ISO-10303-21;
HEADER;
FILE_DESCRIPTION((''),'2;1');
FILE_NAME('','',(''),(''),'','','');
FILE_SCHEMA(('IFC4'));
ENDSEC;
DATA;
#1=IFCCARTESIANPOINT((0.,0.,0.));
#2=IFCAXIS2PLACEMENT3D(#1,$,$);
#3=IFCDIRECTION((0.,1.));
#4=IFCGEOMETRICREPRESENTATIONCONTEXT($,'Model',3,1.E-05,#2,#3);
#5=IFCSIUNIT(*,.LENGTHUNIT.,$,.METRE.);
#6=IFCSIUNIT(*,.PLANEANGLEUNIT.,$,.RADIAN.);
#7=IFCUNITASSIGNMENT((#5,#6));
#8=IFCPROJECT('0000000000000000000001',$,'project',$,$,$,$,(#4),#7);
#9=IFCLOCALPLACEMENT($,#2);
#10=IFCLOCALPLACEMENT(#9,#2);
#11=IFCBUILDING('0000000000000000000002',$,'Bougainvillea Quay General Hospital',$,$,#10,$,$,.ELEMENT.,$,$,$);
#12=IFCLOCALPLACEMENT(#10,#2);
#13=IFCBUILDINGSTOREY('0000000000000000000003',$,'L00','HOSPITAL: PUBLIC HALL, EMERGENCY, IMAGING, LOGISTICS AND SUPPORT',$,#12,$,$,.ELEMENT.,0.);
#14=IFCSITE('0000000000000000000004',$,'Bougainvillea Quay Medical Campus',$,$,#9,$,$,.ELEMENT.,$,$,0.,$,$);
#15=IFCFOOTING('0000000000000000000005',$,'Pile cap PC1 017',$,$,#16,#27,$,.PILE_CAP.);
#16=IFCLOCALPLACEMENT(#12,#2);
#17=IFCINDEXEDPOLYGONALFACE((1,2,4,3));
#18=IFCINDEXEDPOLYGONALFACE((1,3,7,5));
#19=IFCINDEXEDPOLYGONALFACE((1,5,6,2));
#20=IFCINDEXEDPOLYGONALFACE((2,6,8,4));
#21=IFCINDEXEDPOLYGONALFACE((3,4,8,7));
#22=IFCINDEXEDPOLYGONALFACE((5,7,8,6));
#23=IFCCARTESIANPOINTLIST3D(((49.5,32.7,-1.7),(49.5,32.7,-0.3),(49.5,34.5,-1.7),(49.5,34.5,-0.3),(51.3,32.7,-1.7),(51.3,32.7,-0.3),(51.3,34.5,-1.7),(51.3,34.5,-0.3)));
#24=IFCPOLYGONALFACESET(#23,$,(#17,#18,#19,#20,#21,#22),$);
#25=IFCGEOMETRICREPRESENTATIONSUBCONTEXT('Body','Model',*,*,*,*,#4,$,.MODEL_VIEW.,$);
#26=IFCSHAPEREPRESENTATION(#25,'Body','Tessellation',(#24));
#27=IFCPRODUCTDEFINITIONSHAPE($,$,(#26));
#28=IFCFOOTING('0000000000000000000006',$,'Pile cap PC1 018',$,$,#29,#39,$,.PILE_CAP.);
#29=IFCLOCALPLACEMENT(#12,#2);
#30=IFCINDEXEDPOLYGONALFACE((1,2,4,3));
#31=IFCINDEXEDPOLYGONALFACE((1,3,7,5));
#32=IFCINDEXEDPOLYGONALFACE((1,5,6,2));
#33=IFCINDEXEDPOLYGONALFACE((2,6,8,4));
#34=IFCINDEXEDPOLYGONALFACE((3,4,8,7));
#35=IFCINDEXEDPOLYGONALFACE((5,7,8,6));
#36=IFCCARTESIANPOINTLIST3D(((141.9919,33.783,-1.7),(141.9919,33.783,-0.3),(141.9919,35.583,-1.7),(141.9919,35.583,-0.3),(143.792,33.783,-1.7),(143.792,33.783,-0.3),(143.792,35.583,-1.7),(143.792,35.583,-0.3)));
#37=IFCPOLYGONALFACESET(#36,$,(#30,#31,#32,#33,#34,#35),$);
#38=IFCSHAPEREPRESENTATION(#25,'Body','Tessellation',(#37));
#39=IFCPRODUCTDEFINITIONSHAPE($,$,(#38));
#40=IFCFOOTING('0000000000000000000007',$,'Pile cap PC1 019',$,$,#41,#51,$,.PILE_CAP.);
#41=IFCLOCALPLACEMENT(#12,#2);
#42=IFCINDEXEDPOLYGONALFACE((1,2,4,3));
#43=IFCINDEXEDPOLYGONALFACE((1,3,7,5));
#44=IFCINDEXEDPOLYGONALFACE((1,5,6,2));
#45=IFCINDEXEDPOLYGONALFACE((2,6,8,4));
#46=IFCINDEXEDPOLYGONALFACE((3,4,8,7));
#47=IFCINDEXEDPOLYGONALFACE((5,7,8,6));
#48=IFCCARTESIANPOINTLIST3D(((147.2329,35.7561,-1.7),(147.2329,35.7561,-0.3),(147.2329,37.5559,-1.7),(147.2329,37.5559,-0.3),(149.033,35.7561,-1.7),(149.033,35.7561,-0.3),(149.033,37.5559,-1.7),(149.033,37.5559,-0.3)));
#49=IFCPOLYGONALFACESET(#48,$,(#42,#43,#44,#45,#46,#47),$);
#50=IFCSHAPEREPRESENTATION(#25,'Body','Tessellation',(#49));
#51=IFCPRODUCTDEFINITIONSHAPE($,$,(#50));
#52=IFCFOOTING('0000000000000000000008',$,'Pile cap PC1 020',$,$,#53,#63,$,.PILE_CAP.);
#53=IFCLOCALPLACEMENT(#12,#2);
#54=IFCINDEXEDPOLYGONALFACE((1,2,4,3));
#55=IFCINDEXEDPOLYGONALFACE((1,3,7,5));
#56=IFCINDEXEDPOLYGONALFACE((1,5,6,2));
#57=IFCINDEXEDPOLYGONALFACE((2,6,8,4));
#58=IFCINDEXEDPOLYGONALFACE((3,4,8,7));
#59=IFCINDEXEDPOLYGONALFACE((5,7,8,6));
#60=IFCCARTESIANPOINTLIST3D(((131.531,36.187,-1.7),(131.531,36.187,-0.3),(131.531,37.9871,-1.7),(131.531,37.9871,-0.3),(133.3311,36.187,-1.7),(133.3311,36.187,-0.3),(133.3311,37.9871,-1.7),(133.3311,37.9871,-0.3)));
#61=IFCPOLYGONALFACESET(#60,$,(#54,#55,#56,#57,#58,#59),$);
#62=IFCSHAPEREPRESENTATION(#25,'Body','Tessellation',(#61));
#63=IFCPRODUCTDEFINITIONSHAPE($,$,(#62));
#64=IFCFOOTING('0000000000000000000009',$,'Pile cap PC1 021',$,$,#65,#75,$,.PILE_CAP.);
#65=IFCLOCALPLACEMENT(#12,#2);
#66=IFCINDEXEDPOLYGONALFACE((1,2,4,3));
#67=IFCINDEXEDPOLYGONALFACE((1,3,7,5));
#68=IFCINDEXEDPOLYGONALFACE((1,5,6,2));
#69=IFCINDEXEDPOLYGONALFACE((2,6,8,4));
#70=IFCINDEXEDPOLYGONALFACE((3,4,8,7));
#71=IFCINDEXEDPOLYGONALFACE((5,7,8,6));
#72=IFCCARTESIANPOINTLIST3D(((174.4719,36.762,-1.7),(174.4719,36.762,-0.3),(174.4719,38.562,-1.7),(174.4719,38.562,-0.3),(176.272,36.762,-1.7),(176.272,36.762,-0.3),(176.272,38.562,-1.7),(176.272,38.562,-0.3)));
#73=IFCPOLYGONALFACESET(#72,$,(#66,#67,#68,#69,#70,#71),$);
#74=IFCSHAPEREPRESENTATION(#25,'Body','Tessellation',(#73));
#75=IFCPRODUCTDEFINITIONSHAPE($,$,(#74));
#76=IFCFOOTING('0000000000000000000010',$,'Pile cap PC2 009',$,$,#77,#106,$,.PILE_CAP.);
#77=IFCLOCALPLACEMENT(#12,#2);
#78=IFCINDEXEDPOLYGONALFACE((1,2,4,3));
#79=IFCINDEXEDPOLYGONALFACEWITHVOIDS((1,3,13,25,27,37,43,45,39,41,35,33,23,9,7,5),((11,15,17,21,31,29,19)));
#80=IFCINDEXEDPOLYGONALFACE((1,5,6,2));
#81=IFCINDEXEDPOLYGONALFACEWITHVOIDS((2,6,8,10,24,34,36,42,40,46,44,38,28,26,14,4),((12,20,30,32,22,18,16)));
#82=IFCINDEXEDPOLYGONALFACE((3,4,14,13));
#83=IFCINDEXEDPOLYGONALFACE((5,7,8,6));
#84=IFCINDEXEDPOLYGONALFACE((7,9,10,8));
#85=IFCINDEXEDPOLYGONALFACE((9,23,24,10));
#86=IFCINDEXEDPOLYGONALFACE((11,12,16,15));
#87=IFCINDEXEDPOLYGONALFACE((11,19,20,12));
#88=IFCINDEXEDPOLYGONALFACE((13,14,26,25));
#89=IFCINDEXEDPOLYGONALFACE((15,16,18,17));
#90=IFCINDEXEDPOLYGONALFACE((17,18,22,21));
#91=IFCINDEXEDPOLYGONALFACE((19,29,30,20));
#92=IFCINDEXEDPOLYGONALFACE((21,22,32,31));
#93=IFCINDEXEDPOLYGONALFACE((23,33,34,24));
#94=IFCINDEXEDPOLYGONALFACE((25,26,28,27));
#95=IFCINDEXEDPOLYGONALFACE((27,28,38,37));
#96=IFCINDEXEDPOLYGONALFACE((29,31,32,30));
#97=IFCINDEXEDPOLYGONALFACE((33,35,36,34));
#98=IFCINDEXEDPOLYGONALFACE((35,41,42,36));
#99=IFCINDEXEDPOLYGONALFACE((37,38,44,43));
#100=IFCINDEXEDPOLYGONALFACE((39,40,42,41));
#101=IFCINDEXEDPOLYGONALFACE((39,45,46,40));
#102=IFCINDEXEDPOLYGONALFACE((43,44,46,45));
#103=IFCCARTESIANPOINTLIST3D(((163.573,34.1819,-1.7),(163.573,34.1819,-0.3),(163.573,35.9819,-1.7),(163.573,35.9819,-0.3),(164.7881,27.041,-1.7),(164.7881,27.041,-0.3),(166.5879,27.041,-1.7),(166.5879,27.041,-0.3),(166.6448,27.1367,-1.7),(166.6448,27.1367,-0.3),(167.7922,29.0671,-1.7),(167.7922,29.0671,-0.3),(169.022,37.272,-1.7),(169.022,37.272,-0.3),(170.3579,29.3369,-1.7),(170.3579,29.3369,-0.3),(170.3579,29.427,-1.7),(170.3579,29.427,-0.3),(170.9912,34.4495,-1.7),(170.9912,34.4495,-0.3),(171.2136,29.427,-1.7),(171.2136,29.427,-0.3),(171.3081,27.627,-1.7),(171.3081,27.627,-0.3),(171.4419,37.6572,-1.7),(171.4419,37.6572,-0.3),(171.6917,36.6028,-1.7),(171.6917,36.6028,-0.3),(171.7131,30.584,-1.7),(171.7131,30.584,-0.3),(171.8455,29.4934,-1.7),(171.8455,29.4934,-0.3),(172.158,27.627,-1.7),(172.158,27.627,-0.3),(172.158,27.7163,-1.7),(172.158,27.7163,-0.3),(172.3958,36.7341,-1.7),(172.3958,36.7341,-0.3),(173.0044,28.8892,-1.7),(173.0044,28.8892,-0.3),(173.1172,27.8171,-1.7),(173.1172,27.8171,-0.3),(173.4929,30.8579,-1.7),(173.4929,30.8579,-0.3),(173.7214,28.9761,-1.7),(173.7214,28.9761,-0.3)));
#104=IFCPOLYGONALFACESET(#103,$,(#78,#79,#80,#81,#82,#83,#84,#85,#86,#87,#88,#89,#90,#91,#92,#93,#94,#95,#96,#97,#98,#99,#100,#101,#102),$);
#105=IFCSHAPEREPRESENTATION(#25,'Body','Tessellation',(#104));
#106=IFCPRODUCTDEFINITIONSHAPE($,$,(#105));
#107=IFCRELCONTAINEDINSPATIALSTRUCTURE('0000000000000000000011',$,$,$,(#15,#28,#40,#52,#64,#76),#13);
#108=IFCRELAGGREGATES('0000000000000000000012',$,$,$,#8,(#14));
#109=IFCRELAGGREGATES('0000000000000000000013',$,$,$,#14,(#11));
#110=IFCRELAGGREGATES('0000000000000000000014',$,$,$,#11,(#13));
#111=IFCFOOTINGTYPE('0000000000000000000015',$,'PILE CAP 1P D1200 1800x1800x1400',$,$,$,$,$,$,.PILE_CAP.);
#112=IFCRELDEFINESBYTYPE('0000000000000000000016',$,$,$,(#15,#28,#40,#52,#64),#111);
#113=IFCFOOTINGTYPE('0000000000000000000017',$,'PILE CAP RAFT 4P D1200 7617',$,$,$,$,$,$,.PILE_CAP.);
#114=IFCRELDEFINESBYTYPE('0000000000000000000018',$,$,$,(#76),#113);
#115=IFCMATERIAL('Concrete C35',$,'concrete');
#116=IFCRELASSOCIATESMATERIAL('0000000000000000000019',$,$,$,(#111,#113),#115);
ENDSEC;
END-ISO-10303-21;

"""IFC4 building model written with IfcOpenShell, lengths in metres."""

from ifc_helpers import new_model, si_unit, direction, frame, origin, place, context, subcontext, project, spatial, polyline, outline, extrude, material, type_object, element, save


model = new_model("IFC4")

# Units and contexts
model_context = context("Model", 3, precision=1e-05, world=origin(), true_north=direction((0.0, 1.0)))
body_context = subcontext(model_context, "Body", "Model", "MODEL_VIEW")
ifc_project = project(units=[si_unit("LENGTHUNIT", "METRE"), si_unit("PLANEANGLEUNIT", "RADIAN")], contexts=[model_context])

# Site, building, storey
site_placement = place(None, origin())
site = spatial("IfcSite", under=ifc_project, at=site_placement, Name="Bougainvillea Quay Medical Campus", CompositionType="ELEMENT", RefElevation=0.0)
building_placement = place(site_placement, origin())
building = spatial("IfcBuilding", under=site, at=building_placement, Name="Bougainvillea Quay General Hospital", CompositionType="ELEMENT")
storey_placement = place(building_placement, origin())
storey = spatial("IfcBuildingStorey", under=building, at=storey_placement, Name="L00", Description="HOSPITAL: PUBLIC HALL, EMERGENCY, IMAGING, LOGISTICS AND SUPPORT", CompositionType="ELEMENT", Elevation=0.0)

# Footings
ifc_material = material(Name="Concrete C35", Category="concrete")
footing_type_1 = type_object("IfcFootingType", Name="PILE CAP 1P D1200 1800x1800x1400", PredefinedType="PILE_CAP", material=ifc_material)
footing_1_placement = place(storey_placement, frame((0.0, 0.0, -1.7)))
element("IfcFooting", 1, at=footing_1_placement, inside=storey, type_object=footing_type_1, Name="Pile cap PC1 017", PredefinedType="PILE_CAP", context=body_context, shape_type="SweptSolid", body=[
    extrude(outline(polyline([(49.5, 32.7), (51.3, 32.7), (51.3, 34.5), (49.5, 34.5), (49.5, 32.7)])), origin(), (0.0, 0.0, 1.0), 1.3999),
])
footing_2_placement = place(storey_placement, frame((0.0, 0.0, -1.7)))
element("IfcFooting", 2, at=footing_2_placement, inside=storey, type_object=footing_type_1, Name="Pile cap PC1 018", PredefinedType="PILE_CAP", context=body_context, shape_type="SweptSolid", body=[
    extrude(outline(polyline([(141.9919, 33.783), (143.792, 33.783), (143.792, 35.583), (141.9919, 35.583), (141.9919, 33.783)])), origin(), (0.0, 0.0, 1.0), 1.3999),
])
footing_3_placement = place(storey_placement, frame((0.0, 0.0, -1.7)))
element("IfcFooting", 3, at=footing_3_placement, inside=storey, type_object=footing_type_1, Name="Pile cap PC1 019", PredefinedType="PILE_CAP", context=body_context, shape_type="SweptSolid", body=[
    extrude(outline(polyline([(147.2329, 35.7561), (149.033, 35.7561), (149.033, 37.5559), (147.2329, 37.5559), (147.2329, 35.7561)])), origin(), (0.0, 0.0, 1.0), 1.3999),
])
footing_4_placement = place(storey_placement, frame((0.0, 0.0, -1.7)))
element("IfcFooting", 4, at=footing_4_placement, inside=storey, type_object=footing_type_1, Name="Pile cap PC1 020", PredefinedType="PILE_CAP", context=body_context, shape_type="SweptSolid", body=[
    extrude(outline(polyline([(131.531, 36.187), (133.3311, 36.187), (133.3311, 37.9871), (131.531, 37.9871), (131.531, 36.187)])), origin(), (0.0, 0.0, 1.0), 1.3999),
])
footing_5_placement = place(storey_placement, frame((0.0, 0.0, -1.7)))
element("IfcFooting", 5, at=footing_5_placement, inside=storey, type_object=footing_type_1, Name="Pile cap PC1 021", PredefinedType="PILE_CAP", context=body_context, shape_type="SweptSolid", body=[
    extrude(outline(polyline([(174.4719, 36.762), (176.272, 36.762), (176.272, 38.562), (174.4719, 38.562), (174.4719, 36.762)])), origin(), (0.0, 0.0, 1.0), 1.3999),
])
footing_type_2 = type_object("IfcFootingType", Name="PILE CAP RAFT 4P D1200 7617", PredefinedType="PILE_CAP", material=ifc_material)
footing_6_placement = place(storey_placement, frame((0.0, 0.0, -1.7)))
element("IfcFooting", 6, at=footing_6_placement, inside=storey, type_object=footing_type_2, Name="Pile cap PC2 009", PredefinedType="PILE_CAP", context=body_context, shape_type="SweptSolid", body=[
    extrude(outline(polyline([(164.7881, 27.041), (163.573, 34.1819), (163.573, 35.9819), (169.022, 37.272), (171.4419, 37.6572), (171.6917, 36.6028), (172.3958, 36.7341), (173.4929, 30.8579), (173.4929, 30.8579), (173.4929, 30.8579), (173.7214, 28.9761), (173.0044, 28.8892), (173.1172, 27.8171), (172.158, 27.7163), (172.158, 27.627), (171.3081, 27.627), (166.6448, 27.1367), (166.5879, 27.041), (164.7881, 27.041)]), holes=[polyline([(167.7922, 29.0671), (170.3579, 29.3369), (170.3579, 29.427), (171.2136, 29.427), (171.8455, 29.4934), (171.7131, 30.584), (170.9912, 34.4495), (167.7922, 29.0671)])]), origin(), (0.0, 0.0, 1.0), 1.3999),
])

save(model, "model.ifc")
